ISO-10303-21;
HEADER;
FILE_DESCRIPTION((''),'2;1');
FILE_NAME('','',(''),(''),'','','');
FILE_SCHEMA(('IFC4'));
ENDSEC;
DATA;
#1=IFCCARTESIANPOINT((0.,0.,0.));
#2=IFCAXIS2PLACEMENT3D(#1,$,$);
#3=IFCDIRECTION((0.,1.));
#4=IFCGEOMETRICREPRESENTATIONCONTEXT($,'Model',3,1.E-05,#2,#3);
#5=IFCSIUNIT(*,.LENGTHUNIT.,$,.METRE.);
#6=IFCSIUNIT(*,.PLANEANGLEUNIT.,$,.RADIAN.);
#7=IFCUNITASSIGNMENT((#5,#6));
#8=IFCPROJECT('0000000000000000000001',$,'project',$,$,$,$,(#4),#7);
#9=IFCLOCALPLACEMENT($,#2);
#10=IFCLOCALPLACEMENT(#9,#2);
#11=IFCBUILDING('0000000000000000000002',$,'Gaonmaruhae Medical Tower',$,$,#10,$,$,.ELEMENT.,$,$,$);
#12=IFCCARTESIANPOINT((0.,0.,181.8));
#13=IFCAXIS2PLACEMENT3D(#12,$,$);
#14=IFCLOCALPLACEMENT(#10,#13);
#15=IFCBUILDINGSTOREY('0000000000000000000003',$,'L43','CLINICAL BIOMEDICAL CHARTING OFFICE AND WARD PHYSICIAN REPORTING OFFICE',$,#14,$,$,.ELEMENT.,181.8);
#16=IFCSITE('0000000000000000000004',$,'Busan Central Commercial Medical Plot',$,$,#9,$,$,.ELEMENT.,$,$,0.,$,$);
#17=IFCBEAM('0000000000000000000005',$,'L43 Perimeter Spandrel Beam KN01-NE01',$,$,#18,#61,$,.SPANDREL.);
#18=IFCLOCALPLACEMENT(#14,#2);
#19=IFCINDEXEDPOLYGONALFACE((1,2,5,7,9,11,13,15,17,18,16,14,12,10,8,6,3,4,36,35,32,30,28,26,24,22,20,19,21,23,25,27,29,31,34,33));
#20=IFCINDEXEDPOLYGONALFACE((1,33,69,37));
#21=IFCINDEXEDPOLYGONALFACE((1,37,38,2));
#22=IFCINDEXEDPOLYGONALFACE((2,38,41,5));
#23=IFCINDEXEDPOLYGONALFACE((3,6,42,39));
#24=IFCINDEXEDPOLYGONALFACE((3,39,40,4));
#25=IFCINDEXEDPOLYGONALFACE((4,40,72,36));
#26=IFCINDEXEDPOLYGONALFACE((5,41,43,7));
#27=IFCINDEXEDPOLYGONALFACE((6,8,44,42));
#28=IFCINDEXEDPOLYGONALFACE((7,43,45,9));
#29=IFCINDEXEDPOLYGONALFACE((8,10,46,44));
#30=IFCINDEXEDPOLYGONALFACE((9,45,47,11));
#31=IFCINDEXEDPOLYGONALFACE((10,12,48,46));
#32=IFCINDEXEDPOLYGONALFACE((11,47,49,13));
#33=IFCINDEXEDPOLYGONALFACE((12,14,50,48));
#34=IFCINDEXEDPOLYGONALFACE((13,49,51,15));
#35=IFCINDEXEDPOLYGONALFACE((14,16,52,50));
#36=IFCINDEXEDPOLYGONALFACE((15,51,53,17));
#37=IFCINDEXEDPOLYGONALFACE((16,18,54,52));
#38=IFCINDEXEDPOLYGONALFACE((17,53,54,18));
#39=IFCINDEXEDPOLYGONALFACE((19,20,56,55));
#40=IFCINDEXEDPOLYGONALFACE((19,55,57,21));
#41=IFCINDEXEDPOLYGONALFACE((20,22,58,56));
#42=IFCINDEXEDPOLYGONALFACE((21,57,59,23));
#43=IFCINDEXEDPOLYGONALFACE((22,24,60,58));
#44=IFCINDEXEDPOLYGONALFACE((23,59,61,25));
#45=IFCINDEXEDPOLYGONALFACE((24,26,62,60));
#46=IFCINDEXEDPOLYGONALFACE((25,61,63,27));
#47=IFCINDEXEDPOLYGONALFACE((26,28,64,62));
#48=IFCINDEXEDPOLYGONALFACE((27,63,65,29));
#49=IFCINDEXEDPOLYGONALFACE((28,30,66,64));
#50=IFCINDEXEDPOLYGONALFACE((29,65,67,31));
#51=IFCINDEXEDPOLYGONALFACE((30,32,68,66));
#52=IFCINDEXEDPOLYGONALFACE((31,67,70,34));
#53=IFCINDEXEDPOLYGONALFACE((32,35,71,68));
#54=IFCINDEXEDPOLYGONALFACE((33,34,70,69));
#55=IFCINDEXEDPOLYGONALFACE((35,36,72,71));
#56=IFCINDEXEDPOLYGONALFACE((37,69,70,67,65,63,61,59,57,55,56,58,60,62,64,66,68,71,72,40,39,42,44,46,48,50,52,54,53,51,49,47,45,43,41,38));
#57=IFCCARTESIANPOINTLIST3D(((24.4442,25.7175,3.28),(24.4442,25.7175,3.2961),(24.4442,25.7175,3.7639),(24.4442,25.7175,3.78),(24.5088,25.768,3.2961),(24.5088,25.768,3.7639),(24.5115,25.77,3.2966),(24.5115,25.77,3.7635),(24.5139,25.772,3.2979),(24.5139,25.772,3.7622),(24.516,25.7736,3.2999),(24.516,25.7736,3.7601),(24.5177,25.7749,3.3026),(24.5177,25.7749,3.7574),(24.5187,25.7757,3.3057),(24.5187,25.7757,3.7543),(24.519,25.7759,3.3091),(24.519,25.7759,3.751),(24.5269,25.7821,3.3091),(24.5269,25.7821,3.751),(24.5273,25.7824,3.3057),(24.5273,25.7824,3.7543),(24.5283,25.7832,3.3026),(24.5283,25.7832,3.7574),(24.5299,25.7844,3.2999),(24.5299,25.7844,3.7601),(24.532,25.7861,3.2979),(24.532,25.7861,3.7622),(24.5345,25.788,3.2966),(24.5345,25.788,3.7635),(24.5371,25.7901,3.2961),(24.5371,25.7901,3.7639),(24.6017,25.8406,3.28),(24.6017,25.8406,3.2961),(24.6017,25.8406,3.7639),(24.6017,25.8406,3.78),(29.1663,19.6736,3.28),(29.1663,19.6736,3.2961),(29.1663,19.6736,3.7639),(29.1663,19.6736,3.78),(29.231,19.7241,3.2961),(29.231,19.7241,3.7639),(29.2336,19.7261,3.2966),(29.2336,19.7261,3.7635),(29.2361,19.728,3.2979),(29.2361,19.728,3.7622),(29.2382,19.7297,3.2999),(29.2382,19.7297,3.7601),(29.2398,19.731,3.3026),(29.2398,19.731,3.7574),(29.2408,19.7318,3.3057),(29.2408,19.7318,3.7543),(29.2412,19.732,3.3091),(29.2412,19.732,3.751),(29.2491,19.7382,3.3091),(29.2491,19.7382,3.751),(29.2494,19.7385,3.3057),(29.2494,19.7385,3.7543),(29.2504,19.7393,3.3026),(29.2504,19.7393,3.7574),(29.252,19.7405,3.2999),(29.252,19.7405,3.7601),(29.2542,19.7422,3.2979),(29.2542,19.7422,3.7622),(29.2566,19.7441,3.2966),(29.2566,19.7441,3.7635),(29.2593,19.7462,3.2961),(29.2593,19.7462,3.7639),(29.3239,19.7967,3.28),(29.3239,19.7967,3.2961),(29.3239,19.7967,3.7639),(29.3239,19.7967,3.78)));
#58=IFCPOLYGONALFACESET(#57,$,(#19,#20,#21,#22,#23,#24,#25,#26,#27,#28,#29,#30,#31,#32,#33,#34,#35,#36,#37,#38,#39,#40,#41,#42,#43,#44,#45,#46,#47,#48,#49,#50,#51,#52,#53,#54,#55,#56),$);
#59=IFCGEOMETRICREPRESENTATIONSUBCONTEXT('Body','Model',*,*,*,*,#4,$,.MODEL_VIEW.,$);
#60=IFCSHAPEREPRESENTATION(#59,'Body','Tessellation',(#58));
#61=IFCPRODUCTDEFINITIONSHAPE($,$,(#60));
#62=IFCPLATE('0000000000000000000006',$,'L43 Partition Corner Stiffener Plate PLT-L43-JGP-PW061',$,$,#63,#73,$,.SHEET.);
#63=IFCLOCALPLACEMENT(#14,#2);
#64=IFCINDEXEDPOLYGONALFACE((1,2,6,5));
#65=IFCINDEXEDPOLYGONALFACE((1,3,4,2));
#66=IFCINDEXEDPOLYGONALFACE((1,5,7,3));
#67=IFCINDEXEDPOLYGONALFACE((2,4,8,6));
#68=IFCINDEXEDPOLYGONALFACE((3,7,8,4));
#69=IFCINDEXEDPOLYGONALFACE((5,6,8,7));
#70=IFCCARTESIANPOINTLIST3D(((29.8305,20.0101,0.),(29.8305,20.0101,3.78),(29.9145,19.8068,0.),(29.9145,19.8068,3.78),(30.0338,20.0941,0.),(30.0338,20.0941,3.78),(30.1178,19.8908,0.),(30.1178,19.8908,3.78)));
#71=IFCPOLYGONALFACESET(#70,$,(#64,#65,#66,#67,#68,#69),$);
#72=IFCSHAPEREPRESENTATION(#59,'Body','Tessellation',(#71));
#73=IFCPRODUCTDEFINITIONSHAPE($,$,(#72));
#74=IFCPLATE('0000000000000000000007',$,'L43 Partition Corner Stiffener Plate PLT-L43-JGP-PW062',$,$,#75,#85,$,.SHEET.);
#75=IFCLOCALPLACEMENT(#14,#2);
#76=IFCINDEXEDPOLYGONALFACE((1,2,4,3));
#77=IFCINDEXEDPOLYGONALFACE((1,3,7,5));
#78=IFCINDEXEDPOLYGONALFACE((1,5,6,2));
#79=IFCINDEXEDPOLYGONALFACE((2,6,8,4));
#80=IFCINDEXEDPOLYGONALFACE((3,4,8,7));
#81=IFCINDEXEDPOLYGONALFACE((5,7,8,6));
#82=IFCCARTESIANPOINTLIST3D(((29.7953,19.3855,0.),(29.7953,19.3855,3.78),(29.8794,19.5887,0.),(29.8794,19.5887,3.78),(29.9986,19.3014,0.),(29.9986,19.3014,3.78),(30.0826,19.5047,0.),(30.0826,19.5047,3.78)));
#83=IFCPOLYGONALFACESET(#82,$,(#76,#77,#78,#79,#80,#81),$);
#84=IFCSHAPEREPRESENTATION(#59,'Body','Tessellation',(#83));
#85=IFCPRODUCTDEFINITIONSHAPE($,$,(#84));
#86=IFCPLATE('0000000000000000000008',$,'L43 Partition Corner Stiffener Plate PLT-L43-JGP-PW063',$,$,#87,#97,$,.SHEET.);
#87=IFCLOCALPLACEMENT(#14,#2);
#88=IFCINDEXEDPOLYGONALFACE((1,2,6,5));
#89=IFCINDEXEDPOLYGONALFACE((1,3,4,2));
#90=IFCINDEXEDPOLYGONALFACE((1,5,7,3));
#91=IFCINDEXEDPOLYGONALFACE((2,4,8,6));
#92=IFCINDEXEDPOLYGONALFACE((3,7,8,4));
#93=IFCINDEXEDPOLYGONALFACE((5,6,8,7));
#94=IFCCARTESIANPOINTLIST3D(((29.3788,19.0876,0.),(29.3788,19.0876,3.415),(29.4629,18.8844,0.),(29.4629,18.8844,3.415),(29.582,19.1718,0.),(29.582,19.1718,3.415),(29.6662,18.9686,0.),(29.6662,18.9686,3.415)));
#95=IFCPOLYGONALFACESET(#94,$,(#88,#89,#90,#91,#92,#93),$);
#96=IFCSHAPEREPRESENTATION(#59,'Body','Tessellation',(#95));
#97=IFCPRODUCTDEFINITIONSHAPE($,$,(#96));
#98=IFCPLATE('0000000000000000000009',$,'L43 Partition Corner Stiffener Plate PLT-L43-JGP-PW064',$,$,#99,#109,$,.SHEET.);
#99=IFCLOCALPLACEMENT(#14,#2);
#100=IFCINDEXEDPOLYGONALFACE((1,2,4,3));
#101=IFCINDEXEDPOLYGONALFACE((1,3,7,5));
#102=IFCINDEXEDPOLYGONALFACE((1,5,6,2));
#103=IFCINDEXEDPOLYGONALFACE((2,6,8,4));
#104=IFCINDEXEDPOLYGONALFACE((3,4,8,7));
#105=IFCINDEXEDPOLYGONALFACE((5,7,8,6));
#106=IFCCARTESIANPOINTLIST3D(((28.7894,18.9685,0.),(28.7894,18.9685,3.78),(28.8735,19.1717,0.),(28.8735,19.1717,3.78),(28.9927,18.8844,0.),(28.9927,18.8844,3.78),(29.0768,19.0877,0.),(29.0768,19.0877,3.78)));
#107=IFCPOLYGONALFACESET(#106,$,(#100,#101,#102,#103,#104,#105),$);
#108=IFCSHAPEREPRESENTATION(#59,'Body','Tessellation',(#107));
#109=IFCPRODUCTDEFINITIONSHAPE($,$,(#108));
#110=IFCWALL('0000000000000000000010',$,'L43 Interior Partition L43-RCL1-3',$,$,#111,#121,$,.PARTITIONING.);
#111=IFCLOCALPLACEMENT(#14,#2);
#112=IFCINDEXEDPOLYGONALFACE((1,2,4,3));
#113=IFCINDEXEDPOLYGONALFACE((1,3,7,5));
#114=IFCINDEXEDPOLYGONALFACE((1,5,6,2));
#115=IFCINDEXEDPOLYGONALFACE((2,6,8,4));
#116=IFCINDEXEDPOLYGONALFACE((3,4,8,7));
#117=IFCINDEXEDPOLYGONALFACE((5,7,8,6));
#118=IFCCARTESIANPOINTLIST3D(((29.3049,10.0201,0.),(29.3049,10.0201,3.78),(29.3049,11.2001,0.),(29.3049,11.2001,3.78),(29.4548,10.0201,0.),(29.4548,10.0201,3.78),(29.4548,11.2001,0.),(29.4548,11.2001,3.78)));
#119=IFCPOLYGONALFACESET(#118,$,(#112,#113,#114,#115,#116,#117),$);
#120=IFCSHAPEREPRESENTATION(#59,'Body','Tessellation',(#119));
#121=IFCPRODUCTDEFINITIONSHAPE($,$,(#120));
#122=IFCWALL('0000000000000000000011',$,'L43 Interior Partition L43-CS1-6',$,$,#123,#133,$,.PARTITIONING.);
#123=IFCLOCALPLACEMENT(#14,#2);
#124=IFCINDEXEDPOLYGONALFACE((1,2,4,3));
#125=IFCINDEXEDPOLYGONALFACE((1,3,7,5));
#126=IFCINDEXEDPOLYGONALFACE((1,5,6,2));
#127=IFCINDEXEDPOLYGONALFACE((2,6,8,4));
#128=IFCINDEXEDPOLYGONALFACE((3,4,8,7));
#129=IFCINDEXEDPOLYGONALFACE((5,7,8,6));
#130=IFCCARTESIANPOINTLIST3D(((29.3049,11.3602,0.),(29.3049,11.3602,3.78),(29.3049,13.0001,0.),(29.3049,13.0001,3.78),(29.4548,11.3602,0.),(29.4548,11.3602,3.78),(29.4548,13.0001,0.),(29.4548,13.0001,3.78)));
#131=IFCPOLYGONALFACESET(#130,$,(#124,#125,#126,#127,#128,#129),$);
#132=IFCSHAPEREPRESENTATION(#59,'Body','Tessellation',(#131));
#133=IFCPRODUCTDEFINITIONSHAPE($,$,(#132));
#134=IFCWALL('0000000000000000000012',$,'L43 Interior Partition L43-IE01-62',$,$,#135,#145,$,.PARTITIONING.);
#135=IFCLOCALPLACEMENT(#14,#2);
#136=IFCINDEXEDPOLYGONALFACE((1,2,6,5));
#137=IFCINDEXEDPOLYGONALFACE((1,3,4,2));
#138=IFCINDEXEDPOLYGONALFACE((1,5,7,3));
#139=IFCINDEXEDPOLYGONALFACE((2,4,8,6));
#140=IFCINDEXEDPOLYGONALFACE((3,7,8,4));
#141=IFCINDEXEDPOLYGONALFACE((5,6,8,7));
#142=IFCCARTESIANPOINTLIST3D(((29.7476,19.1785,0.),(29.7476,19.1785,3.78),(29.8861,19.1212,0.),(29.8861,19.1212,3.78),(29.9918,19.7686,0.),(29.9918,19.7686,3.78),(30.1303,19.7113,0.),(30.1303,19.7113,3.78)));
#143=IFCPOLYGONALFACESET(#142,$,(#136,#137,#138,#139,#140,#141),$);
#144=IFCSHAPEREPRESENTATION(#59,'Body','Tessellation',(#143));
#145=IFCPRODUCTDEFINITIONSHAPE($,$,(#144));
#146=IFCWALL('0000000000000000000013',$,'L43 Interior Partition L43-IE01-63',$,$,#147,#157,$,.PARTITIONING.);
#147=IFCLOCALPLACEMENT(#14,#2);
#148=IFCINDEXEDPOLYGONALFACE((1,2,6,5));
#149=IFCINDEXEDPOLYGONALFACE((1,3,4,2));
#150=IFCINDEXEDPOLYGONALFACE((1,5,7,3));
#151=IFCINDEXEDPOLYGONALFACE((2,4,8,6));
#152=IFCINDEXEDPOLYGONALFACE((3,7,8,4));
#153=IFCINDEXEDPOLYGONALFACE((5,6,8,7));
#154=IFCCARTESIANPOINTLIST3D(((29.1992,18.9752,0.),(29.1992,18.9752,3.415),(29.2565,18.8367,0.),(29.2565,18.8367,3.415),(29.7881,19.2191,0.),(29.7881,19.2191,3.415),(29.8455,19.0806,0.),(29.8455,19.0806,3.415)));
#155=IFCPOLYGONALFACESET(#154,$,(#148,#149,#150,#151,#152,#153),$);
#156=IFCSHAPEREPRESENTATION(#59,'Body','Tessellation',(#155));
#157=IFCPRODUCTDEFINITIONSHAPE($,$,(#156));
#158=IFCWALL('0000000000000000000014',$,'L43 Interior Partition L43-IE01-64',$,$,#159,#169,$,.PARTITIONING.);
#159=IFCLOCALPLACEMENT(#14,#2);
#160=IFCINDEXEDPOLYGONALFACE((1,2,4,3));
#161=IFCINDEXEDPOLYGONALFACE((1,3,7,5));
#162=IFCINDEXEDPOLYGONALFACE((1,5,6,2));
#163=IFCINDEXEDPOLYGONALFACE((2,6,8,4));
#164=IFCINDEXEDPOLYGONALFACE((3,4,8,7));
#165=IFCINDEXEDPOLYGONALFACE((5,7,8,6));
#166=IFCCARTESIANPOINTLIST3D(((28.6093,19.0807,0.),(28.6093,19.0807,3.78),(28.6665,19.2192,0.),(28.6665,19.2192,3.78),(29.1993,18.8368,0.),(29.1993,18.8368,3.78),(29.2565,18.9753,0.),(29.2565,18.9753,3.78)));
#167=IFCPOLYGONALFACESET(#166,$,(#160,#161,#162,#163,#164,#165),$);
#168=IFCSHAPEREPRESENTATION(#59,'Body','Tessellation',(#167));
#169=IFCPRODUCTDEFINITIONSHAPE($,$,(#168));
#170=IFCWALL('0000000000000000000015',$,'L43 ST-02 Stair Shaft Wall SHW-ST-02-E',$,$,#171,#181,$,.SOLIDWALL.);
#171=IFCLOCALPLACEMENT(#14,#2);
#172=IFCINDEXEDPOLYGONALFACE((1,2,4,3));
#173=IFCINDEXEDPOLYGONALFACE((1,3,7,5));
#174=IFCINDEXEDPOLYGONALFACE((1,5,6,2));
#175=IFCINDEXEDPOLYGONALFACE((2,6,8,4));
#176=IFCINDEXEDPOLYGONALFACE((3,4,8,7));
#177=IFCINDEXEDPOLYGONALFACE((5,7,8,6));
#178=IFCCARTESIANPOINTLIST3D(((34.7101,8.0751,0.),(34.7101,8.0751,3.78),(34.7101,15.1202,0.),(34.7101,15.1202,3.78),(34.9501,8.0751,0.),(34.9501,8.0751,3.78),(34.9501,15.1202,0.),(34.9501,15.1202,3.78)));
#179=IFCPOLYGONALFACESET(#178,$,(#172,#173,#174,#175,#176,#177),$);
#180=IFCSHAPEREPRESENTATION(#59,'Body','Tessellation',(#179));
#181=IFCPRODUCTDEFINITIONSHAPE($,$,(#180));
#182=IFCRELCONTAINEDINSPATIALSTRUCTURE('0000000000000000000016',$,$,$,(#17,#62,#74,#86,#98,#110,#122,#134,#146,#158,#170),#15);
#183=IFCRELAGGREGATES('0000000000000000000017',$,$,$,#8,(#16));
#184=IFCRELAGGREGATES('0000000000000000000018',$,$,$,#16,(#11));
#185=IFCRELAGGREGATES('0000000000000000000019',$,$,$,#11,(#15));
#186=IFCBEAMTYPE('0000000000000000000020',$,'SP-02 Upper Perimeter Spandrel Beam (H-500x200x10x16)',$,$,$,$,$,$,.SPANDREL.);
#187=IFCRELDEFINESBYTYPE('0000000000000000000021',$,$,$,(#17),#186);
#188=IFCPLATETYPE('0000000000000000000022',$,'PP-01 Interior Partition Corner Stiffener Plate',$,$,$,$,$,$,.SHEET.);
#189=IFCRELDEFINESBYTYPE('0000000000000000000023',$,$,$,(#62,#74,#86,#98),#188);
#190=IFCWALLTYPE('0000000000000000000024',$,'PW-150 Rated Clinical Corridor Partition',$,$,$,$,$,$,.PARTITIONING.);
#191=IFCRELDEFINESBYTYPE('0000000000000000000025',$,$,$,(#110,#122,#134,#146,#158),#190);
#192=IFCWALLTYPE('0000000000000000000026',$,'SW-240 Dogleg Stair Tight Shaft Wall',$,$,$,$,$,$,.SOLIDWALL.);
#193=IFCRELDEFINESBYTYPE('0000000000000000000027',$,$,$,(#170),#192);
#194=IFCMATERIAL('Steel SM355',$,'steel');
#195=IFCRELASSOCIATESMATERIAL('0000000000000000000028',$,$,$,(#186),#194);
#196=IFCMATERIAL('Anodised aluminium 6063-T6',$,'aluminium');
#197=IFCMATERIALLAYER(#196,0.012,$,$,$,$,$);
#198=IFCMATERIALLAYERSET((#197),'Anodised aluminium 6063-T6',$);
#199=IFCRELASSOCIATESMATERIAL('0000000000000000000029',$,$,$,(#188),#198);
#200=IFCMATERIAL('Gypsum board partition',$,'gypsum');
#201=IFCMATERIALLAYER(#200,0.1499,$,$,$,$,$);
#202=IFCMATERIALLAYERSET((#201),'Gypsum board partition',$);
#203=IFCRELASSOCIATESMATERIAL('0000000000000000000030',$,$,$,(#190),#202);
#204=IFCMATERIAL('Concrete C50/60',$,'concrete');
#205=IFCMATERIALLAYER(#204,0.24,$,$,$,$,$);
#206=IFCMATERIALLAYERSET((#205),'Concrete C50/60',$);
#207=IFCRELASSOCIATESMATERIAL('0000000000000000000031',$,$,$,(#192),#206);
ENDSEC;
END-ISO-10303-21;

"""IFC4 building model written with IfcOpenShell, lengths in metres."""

from ifc_helpers import new_model, si_unit, direction, frame, frame_2d, origin, origin_2d, place, context, subcontext, project, spatial, rectangle, i_section, extrude, material, layer, layer_set, material_profile, profile_set, type_object, element, save


model = new_model("IFC4")

# Units and contexts
model_context = context("Model", 3, precision=1e-05, world=origin(), true_north=direction((0.0, 1.0)))
body_context = subcontext(model_context, "Body", "Model", "MODEL_VIEW")
ifc_project = project(units=[si_unit("LENGTHUNIT", "METRE"), si_unit("PLANEANGLEUNIT", "RADIAN")], contexts=[model_context])

# Site, building, storey
site_placement = place(None, origin())
site = spatial("IfcSite", under=ifc_project, at=site_placement, Name="Busan Central Commercial Medical Plot", CompositionType="ELEMENT", RefElevation=0.0)
building_placement = place(site_placement, origin())
building = spatial("IfcBuilding", under=site, at=building_placement, Name="Gaonmaruhae Medical Tower", CompositionType="ELEMENT")
storey_placement = place(building_placement, frame((0.0, 0.0, 181.8)))
storey = spatial("IfcBuildingStorey", under=building, at=storey_placement, Name="L43", Description="CLINICAL BIOMEDICAL CHARTING OFFICE AND WARD PHYSICIAN REPORTING OFFICE", CompositionType="ELEMENT", Elevation=181.8)

# Shared definitions
ifc_material_1 = material(Name="Concrete C50/60", Category="concrete")

# Beam
ifc_material_2 = material(Name="Steel SM355", Category="steel")
ifc_material_profile_1 = material_profile(ifc_material_2, i_section(OverallWidth=0.2, OverallDepth=0.5, WebThickness=0.01, FlangeThickness=0.0161, FilletRadius=0.0129, at=origin_2d()), Name="H-500x200x10x16")
ifc_profile_set_1 = profile_set([ifc_material_profile_1], Name="Steel SM355")
beam_type_1 = type_object("IfcBeamType", Name="SP-02 Upper Perimeter Spandrel Beam (H-500x200x10x16)", PredefinedType="SPANDREL", material=ifc_profile_set_1)
beam_1_placement = place(storey_placement, frame((29.2451, 19.7351, 3.53), z_axis=(-0.615671, 0.788003, 0.0), x_axis=(-0.788003, -0.615671, 0.0)))
element("IfcBeam", 1, at=beam_1_placement, inside=storey, type_object=beam_type_1, Name="L43 Perimeter Spandrel Beam KN01-NE01", PredefinedType="SPANDREL", context=body_context, shape_type="SweptSolid", body=[
    extrude(i_section(OverallWidth=0.2, OverallDepth=0.5, WebThickness=0.01, FlangeThickness=0.0161, FilletRadius=0.0129, at=origin_2d()), origin(), (0.0, 0.0, 1.0), 7.6699),
])

# Plates
ifc_material_3 = material(Name="Anodised aluminium 6063-T6", Category="aluminium")
ifc_layer_1 = layer(ifc_material_3, 0.012)
ifc_layer_set_1 = layer_set([ifc_layer_1], Name="Anodised aluminium 6063-T6")
plate_type = type_object("IfcPlateType", Name="PP-01 Interior Partition Corner Stiffener Plate", PredefinedType="SHEET", material=ifc_layer_set_1)
for number, where, z_axis, x_axis, name in (
    (2, (29.9741, 19.9504, 0.0), (0.0, 0.0, 1.0), (0.381958, -0.92418, 0.0), "L43 Partition Corner Stiffener Plate PLT-L43-JGP-PW061"),
    (3, (29.939, 19.4451, 0.0), (0.0, 0.0, 1.0), (-0.382167, -0.924093, 0.0), "L43 Partition Corner Stiffener Plate PLT-L43-JGP-PW062"),
):
    element("IfcPlate", number, at=place(storey_placement, frame(where, z_axis=z_axis, x_axis=x_axis)), inside=storey, type_object=plate_type, Name=name, PredefinedType="SHEET", context=body_context, shape_type="SweptSolid", body=[
        extrude(rectangle(XDim=0.22, YDim=0.22, at=origin_2d()), origin(), (0.0, 0.0, 1.0), 3.78),
    ])
plate_1_placement = place(storey_placement, frame((29.5225, 19.0281, 0.0), z_axis=(0.0, 0.0, 1.0), x_axis=(-0.923866, -0.382716, 0.0)))
element("IfcPlate", 4, at=plate_1_placement, inside=storey, type_object=plate_type, Name="L43 Partition Corner Stiffener Plate PLT-L43-JGP-PW063", PredefinedType="SHEET", context=body_context, shape_type="SweptSolid", body=[
    extrude(rectangle(XDim=0.22, YDim=0.22, at=origin_2d()), origin(), (0.0, 0.0, 1.0), 3.415),
])
plate_2_placement = place(storey_placement, frame((28.9331, 19.0281, 0.0), z_axis=(0.0, 0.0, 1.0), x_axis=(-0.924093, 0.382167, 0.0)))
element("IfcPlate", 5, at=plate_2_placement, inside=storey, type_object=plate_type, Name="L43 Partition Corner Stiffener Plate PLT-L43-JGP-PW064", PredefinedType="SHEET", context=body_context, shape_type="SweptSolid", body=[
    extrude(rectangle(XDim=0.22, YDim=0.22, at=origin_2d()), origin(), (0.0, 0.0, 1.0), 3.78),
])

# Walls
ifc_material_4 = material(Name="Gypsum board partition", Category="gypsum")
ifc_layer_2 = layer(ifc_material_4, 0.1499)
ifc_layer_set_2 = layer_set([ifc_layer_2], Name="Gypsum board partition")
wall_type_1 = type_object("IfcWallType", Name="PW-150 Rated Clinical Corridor Partition", PredefinedType="PARTITIONING", material=ifc_layer_set_2)
wall_1_placement = place(storey_placement, frame((29.3799, 11.2, 0.0), z_axis=(0.0, 0.0, 1.0), x_axis=(0.0, -1.0, 0.0)))
element("IfcWall", 6, at=wall_1_placement, inside=storey, type_object=wall_type_1, Name="L43 Interior Partition L43-RCL1-3", PredefinedType="PARTITIONING", context=body_context, shape_type="SweptSolid", body=[
    extrude(rectangle(XDim=1.1799, YDim=0.1499, at=frame_2d((0.5898, 0.0))), origin(), (0.0, 0.0, 1.0), 3.78),
])
wall_2_placement = place(storey_placement, frame((29.3799, 13.0, 0.0), z_axis=(0.0, 0.0, 1.0), x_axis=(0.0, -1.0, 0.0)))
element("IfcWall", 7, at=wall_2_placement, inside=storey, type_object=wall_type_1, Name="L43 Interior Partition L43-CS1-6", PredefinedType="PARTITIONING", context=body_context, shape_type="SweptSolid", body=[
    extrude(rectangle(XDim=1.6399, YDim=0.1499, at=frame_2d((0.8198, 0.0))), origin(), (0.0, 0.0, 1.0), 3.78),
])
wall_3_placement = place(storey_placement, frame((30.061, 19.74, 0.0), z_axis=(0.0, 0.0, 1.0), x_axis=(-0.382307, -0.924035, 0.0)))
element("IfcWall", 8, at=wall_3_placement, inside=storey, type_object=wall_type_1, Name="L43 Interior Partition L43-IE01-62", PredefinedType="PARTITIONING", context=body_context, shape_type="SweptSolid", body=[
    extrude(rectangle(XDim=0.6387, YDim=0.1499, at=frame_2d((0.3193, 0.0))), origin(), (0.0, 0.0, 1.0), 3.78),
])
wall_4_placement = place(storey_placement, frame((29.8169, 19.1499, 0.0), z_axis=(0.0, 0.0, 1.0), x_axis=(-0.923891, -0.382656, 0.0)))
element("IfcWall", 9, at=wall_4_placement, inside=storey, type_object=wall_type_1, Name="L43 Interior Partition L43-IE01-63", PredefinedType="PARTITIONING", context=body_context, shape_type="SweptSolid", body=[
    extrude(rectangle(XDim=0.6375, YDim=0.1499, at=frame_2d((0.3188, 0.0))), origin(), (0.0, 0.0, 1.0), 3.415),
])
wall_5_placement = place(storey_placement, frame((29.228, 18.906, 0.0), z_axis=(0.0, 0.0, 1.0), x_axis=(-0.92417, 0.38198, 0.0)))
element("IfcWall", 10, at=wall_5_placement, inside=storey, type_object=wall_type_1, Name="L43 Interior Partition L43-IE01-64", PredefinedType="PARTITIONING", context=body_context, shape_type="SweptSolid", body=[
    extrude(rectangle(XDim=0.6384, YDim=0.1499, at=frame_2d((0.3193, 0.0))), origin(), (0.0, 0.0, 1.0), 3.78),
])

# Shared definitions
ifc_layer_3 = layer(ifc_material_1, 0.24)
ifc_layer_set_3 = layer_set([ifc_layer_3], Name="Concrete C50/60")
wall_type_2 = type_object("IfcWallType", Name="SW-240 Dogleg Stair Tight Shaft Wall", PredefinedType="SOLIDWALL", material=ifc_layer_set_3)

# Wall
wall_6_placement = place(storey_placement, frame((34.8301, 15.1201, 0.0), z_axis=(0.0, 0.0, 1.0), x_axis=(0.0, -1.0, 0.0)))
element("IfcWall", 11, at=wall_6_placement, inside=storey, type_object=wall_type_2, Name="L43 ST-02 Stair Shaft Wall SHW-ST-02-E", PredefinedType="SOLIDWALL", context=body_context, shape_type="SweptSolid", body=[
    extrude(rectangle(XDim=7.0452, YDim=0.24, at=frame_2d((3.5225, 0.0))), origin(), (0.0, 0.0, 1.0), 3.78),
])

save(model, "model.ifc")
